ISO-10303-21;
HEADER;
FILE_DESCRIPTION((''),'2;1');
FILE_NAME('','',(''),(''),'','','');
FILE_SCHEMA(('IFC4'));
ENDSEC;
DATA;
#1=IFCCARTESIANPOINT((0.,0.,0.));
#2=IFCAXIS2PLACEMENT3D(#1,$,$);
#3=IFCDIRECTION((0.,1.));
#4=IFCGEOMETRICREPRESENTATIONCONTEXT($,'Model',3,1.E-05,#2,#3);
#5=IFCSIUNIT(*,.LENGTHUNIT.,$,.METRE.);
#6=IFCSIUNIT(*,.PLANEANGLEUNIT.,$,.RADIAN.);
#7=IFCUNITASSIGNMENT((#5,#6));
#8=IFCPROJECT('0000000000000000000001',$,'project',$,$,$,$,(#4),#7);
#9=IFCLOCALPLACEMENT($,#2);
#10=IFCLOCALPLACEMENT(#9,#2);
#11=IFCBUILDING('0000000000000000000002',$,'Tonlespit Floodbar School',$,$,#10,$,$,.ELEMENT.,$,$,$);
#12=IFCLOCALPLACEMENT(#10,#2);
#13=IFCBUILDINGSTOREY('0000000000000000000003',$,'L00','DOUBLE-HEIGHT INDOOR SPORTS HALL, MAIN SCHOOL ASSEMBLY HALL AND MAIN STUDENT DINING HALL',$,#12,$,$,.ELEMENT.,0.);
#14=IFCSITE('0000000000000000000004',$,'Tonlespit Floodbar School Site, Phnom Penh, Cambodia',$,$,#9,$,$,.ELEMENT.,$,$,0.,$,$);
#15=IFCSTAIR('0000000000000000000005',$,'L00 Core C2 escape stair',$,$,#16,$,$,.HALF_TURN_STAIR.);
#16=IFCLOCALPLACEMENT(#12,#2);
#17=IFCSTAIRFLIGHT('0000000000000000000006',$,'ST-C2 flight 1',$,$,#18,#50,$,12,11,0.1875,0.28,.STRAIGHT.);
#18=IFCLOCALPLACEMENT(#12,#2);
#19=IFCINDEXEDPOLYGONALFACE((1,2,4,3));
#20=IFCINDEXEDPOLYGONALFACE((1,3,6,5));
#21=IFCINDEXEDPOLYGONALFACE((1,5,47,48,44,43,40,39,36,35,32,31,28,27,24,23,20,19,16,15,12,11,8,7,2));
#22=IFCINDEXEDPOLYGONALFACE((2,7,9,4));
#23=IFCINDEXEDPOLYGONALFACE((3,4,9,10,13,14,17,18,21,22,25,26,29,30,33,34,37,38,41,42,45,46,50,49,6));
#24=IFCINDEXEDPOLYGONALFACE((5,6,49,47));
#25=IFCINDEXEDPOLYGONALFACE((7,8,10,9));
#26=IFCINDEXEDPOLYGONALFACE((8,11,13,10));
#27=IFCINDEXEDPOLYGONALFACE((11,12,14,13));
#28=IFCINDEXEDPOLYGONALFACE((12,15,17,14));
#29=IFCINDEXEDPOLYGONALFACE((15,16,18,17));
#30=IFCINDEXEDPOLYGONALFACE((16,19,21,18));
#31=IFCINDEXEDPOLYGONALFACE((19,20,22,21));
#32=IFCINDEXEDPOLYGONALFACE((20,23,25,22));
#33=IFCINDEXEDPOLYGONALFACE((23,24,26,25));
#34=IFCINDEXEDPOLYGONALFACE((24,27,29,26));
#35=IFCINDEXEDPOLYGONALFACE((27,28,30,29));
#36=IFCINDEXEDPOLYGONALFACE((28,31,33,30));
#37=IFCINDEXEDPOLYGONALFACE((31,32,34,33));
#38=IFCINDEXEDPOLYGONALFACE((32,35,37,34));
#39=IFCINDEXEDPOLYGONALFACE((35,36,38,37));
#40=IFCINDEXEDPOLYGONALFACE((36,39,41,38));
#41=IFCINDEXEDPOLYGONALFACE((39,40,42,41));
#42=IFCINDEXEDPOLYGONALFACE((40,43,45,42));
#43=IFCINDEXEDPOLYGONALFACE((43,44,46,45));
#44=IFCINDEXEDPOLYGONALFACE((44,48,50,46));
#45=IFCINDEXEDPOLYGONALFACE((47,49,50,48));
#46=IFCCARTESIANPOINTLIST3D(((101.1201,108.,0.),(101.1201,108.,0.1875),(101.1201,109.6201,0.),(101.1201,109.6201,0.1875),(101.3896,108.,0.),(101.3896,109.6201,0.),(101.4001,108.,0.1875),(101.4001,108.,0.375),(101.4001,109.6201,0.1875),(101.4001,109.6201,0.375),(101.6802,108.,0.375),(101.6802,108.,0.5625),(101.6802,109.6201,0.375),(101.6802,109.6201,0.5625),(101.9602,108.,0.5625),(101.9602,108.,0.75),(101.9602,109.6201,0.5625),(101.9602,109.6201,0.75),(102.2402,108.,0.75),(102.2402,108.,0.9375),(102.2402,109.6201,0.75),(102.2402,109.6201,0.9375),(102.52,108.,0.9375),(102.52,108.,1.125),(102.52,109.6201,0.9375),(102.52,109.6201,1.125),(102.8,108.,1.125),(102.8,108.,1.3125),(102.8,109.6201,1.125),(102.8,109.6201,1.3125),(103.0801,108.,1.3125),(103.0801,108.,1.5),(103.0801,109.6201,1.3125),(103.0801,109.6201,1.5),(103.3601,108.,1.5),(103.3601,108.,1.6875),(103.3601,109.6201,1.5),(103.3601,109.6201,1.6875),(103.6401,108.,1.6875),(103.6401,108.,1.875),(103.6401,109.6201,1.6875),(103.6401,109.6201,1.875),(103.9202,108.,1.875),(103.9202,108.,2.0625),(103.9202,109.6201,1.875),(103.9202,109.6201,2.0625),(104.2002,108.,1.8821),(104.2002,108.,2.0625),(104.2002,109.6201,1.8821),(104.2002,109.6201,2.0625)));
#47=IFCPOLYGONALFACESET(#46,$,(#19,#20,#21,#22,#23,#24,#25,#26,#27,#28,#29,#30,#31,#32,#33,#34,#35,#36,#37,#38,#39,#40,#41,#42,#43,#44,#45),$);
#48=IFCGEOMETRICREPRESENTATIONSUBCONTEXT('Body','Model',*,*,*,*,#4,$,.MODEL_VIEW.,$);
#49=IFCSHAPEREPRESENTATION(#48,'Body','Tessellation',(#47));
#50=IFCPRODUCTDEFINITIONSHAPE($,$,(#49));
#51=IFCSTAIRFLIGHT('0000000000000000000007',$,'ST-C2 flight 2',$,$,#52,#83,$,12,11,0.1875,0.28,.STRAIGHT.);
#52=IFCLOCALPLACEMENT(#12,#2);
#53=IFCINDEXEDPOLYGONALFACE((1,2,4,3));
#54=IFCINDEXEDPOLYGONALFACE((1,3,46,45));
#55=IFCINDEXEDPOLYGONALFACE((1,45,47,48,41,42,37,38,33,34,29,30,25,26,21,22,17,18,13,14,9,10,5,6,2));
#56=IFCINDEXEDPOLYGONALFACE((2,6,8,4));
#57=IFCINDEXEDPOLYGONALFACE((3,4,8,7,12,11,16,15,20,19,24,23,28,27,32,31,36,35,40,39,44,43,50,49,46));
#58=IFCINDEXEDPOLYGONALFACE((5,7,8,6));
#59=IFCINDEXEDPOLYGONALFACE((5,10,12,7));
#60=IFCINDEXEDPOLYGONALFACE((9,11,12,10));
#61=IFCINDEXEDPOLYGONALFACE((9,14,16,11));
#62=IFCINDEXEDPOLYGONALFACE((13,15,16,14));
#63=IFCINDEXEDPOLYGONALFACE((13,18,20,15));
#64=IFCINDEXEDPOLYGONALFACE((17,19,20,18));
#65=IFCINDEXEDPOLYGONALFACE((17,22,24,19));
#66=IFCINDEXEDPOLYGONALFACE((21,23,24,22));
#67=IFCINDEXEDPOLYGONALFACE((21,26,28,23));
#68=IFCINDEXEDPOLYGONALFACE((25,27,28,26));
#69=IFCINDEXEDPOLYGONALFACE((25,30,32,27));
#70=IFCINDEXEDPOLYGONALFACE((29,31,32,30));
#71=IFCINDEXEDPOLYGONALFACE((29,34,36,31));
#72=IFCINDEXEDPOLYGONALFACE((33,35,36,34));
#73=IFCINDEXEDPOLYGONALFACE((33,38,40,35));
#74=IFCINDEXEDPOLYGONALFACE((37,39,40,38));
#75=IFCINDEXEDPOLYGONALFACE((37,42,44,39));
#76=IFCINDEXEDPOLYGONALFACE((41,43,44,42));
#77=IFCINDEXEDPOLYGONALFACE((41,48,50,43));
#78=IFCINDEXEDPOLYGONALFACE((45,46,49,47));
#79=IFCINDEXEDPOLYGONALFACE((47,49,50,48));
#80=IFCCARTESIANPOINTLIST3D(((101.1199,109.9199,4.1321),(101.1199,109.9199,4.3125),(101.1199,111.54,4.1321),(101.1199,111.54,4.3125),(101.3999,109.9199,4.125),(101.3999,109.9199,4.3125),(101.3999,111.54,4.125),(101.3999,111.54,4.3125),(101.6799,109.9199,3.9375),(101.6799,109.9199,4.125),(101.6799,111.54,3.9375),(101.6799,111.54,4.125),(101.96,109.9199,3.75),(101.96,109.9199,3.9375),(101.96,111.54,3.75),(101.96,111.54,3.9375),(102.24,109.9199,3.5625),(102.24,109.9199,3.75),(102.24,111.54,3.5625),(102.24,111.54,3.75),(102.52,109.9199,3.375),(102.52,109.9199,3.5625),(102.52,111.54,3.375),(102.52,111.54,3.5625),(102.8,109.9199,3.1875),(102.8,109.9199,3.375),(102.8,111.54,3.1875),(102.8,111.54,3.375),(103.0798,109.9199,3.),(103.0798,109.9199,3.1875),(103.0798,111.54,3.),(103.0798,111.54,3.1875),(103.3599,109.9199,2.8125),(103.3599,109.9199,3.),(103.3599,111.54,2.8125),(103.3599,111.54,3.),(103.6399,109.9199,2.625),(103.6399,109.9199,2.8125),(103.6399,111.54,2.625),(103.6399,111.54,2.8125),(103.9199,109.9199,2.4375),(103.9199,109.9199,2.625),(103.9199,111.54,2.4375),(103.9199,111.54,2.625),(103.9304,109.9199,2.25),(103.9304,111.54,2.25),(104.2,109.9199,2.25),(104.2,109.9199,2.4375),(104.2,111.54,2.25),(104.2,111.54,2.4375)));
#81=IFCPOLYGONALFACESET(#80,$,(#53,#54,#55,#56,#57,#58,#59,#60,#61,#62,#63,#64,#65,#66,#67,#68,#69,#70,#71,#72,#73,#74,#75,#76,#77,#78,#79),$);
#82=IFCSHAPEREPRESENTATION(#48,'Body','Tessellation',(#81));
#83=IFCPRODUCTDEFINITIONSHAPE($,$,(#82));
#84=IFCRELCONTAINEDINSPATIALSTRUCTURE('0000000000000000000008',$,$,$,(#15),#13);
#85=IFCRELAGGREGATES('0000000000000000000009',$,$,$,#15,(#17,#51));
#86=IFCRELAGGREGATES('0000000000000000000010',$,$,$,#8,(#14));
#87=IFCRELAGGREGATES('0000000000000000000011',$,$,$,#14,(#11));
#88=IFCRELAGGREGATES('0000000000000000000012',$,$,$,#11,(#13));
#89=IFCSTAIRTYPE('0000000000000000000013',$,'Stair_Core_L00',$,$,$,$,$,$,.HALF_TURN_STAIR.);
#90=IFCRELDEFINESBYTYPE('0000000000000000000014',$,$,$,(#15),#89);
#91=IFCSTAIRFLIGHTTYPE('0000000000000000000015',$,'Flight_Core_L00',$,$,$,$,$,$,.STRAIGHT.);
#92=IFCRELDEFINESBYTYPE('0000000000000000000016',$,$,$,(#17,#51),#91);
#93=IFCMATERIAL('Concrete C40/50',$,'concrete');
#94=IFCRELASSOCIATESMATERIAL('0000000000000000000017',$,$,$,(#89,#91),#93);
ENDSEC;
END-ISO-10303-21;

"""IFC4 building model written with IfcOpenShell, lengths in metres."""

from ifc_helpers import new_model, si_unit, direction, frame, origin, place, context, subcontext, project, spatial, polyline, outline, extrude, material, type_object, element, aggregate, save


model = new_model("IFC4")

# Units and contexts
model_context = context("Model", 3, precision=1e-05, world=origin(), true_north=direction((0.0, 1.0)))
body_context = subcontext(model_context, "Body", "Model", "MODEL_VIEW")
ifc_project = project(units=[si_unit("LENGTHUNIT", "METRE"), si_unit("PLANEANGLEUNIT", "RADIAN")], contexts=[model_context])

# Site, building, storey
site_placement = place(None, origin())
site = spatial("IfcSite", under=ifc_project, at=site_placement, Name="Tonlespit Floodbar School Site, Phnom Penh, Cambodia", CompositionType="ELEMENT", RefElevation=0.0)
building_placement = place(site_placement, origin())
building = spatial("IfcBuilding", under=site, at=building_placement, Name="Tonlespit Floodbar School", CompositionType="ELEMENT")
storey_placement = place(building_placement, origin())
storey = spatial("IfcBuildingStorey", under=building, at=storey_placement, Name="L00", Description="DOUBLE-HEIGHT INDOOR SPORTS HALL, MAIN SCHOOL ASSEMBLY HALL AND MAIN STUDENT DINING HALL", CompositionType="ELEMENT", Elevation=0.0)

# Shared definitions
ifc_material_1 = material(Name="Concrete C40/50", Category="concrete")

# Stair, stair flights
stair_type = type_object("IfcStairType", Name="Stair_Core_L00", PredefinedType="HALF_TURN_STAIR", material=ifc_material_1)
stair_placement = place(storey_placement, origin())
stair = element("IfcStair", 1, at=stair_placement, inside=storey, type_object=stair_type, Name="L00 Core C2 escape stair", PredefinedType="HALF_TURN_STAIR")
stair_flight_type = type_object("IfcStairFlightType", Name="Flight_Core_L00", PredefinedType="STRAIGHT", material=ifc_material_1)
stair_flight_1_placement = place(storey_placement, frame((101.1201, 108.8101, 0.0), z_axis=(0.0, 0.0, 1.0), x_axis=(1.0, 0.0, 0.0)))
stair_flight_1 = element("IfcStairFlight", 2, at=stair_flight_1_placement, type_object=stair_flight_type, Name="ST-C2 flight 1", NumberOfRisers=12, NumberOfTreads=11, PredefinedType="STRAIGHT", RiserHeight=0.1875, TreadLength=0.28, context=body_context, shape_type="SweptSolid", body=[
    extrude(outline(polyline([(0.0, 0.0), (0.0, 0.1875), (0.28, 0.1875), (0.28, 0.375), (0.5601, 0.375), (0.5601, 0.5625), (0.8401, 0.5625), (0.8401, 0.75), (1.1201, 0.75), (1.1201, 0.9375), (1.3999, 0.9375), (1.3999, 1.125), (1.6799, 1.125), (1.6799, 1.3125), (1.96, 1.3125), (1.96, 1.5), (2.24, 1.5), (2.24, 1.6875), (2.52, 1.6875), (2.52, 1.875), (2.8, 1.875), (2.8, 2.0625), (3.0801, 2.0625), (3.0801, 2.25), (3.0801, 1.8821), (0.2695, 0.0), (0.0, 0.0)])), frame((0.0, 0.8101, 0.0), z_axis=(0.0, -1.0, 0.0), x_axis=(1.0, 0.0, 0.0)), (0.0, 0.0, 1.0), 1.6201),
])
stair_flight_2_placement = place(storey_placement, frame((104.2, 110.73, 2.25), z_axis=(0.0, 0.0, 1.0), x_axis=(-1.0, 0.0, 0.0)))
stair_flight_2 = element("IfcStairFlight", 3, at=stair_flight_2_placement, type_object=stair_flight_type, Name="ST-C2 flight 2", NumberOfRisers=12, NumberOfTreads=11, PredefinedType="STRAIGHT", RiserHeight=0.1875, TreadLength=0.28, context=body_context, shape_type="SweptSolid", body=[
    extrude(outline(polyline([(0.0, 0.0), (0.0, 0.1875), (0.28, 0.1875), (0.28, 0.375), (0.5601, 0.375), (0.5601, 0.5625), (0.8401, 0.5625), (0.8401, 0.75), (1.1201, 0.75), (1.1201, 0.9375), (1.3999, 0.9375), (1.3999, 1.125), (1.6799, 1.125), (1.6799, 1.3125), (1.96, 1.3125), (1.96, 1.5), (2.24, 1.5), (2.24, 1.6875), (2.52, 1.6875), (2.52, 1.875), (2.8, 1.875), (2.8, 2.0625), (3.0801, 2.0625), (3.0801, 2.25), (3.0801, 1.8821), (0.2695, 0.0), (0.0, 0.0)])), frame((0.0, 0.8101, 0.0), z_axis=(0.0, -1.0, 0.0), x_axis=(1.0, 0.0, 0.0)), (0.0, 0.0, 1.0), 1.6201),
])
aggregate(stair, [stair_flight_1, stair_flight_2])

save(model, "model.ifc")
